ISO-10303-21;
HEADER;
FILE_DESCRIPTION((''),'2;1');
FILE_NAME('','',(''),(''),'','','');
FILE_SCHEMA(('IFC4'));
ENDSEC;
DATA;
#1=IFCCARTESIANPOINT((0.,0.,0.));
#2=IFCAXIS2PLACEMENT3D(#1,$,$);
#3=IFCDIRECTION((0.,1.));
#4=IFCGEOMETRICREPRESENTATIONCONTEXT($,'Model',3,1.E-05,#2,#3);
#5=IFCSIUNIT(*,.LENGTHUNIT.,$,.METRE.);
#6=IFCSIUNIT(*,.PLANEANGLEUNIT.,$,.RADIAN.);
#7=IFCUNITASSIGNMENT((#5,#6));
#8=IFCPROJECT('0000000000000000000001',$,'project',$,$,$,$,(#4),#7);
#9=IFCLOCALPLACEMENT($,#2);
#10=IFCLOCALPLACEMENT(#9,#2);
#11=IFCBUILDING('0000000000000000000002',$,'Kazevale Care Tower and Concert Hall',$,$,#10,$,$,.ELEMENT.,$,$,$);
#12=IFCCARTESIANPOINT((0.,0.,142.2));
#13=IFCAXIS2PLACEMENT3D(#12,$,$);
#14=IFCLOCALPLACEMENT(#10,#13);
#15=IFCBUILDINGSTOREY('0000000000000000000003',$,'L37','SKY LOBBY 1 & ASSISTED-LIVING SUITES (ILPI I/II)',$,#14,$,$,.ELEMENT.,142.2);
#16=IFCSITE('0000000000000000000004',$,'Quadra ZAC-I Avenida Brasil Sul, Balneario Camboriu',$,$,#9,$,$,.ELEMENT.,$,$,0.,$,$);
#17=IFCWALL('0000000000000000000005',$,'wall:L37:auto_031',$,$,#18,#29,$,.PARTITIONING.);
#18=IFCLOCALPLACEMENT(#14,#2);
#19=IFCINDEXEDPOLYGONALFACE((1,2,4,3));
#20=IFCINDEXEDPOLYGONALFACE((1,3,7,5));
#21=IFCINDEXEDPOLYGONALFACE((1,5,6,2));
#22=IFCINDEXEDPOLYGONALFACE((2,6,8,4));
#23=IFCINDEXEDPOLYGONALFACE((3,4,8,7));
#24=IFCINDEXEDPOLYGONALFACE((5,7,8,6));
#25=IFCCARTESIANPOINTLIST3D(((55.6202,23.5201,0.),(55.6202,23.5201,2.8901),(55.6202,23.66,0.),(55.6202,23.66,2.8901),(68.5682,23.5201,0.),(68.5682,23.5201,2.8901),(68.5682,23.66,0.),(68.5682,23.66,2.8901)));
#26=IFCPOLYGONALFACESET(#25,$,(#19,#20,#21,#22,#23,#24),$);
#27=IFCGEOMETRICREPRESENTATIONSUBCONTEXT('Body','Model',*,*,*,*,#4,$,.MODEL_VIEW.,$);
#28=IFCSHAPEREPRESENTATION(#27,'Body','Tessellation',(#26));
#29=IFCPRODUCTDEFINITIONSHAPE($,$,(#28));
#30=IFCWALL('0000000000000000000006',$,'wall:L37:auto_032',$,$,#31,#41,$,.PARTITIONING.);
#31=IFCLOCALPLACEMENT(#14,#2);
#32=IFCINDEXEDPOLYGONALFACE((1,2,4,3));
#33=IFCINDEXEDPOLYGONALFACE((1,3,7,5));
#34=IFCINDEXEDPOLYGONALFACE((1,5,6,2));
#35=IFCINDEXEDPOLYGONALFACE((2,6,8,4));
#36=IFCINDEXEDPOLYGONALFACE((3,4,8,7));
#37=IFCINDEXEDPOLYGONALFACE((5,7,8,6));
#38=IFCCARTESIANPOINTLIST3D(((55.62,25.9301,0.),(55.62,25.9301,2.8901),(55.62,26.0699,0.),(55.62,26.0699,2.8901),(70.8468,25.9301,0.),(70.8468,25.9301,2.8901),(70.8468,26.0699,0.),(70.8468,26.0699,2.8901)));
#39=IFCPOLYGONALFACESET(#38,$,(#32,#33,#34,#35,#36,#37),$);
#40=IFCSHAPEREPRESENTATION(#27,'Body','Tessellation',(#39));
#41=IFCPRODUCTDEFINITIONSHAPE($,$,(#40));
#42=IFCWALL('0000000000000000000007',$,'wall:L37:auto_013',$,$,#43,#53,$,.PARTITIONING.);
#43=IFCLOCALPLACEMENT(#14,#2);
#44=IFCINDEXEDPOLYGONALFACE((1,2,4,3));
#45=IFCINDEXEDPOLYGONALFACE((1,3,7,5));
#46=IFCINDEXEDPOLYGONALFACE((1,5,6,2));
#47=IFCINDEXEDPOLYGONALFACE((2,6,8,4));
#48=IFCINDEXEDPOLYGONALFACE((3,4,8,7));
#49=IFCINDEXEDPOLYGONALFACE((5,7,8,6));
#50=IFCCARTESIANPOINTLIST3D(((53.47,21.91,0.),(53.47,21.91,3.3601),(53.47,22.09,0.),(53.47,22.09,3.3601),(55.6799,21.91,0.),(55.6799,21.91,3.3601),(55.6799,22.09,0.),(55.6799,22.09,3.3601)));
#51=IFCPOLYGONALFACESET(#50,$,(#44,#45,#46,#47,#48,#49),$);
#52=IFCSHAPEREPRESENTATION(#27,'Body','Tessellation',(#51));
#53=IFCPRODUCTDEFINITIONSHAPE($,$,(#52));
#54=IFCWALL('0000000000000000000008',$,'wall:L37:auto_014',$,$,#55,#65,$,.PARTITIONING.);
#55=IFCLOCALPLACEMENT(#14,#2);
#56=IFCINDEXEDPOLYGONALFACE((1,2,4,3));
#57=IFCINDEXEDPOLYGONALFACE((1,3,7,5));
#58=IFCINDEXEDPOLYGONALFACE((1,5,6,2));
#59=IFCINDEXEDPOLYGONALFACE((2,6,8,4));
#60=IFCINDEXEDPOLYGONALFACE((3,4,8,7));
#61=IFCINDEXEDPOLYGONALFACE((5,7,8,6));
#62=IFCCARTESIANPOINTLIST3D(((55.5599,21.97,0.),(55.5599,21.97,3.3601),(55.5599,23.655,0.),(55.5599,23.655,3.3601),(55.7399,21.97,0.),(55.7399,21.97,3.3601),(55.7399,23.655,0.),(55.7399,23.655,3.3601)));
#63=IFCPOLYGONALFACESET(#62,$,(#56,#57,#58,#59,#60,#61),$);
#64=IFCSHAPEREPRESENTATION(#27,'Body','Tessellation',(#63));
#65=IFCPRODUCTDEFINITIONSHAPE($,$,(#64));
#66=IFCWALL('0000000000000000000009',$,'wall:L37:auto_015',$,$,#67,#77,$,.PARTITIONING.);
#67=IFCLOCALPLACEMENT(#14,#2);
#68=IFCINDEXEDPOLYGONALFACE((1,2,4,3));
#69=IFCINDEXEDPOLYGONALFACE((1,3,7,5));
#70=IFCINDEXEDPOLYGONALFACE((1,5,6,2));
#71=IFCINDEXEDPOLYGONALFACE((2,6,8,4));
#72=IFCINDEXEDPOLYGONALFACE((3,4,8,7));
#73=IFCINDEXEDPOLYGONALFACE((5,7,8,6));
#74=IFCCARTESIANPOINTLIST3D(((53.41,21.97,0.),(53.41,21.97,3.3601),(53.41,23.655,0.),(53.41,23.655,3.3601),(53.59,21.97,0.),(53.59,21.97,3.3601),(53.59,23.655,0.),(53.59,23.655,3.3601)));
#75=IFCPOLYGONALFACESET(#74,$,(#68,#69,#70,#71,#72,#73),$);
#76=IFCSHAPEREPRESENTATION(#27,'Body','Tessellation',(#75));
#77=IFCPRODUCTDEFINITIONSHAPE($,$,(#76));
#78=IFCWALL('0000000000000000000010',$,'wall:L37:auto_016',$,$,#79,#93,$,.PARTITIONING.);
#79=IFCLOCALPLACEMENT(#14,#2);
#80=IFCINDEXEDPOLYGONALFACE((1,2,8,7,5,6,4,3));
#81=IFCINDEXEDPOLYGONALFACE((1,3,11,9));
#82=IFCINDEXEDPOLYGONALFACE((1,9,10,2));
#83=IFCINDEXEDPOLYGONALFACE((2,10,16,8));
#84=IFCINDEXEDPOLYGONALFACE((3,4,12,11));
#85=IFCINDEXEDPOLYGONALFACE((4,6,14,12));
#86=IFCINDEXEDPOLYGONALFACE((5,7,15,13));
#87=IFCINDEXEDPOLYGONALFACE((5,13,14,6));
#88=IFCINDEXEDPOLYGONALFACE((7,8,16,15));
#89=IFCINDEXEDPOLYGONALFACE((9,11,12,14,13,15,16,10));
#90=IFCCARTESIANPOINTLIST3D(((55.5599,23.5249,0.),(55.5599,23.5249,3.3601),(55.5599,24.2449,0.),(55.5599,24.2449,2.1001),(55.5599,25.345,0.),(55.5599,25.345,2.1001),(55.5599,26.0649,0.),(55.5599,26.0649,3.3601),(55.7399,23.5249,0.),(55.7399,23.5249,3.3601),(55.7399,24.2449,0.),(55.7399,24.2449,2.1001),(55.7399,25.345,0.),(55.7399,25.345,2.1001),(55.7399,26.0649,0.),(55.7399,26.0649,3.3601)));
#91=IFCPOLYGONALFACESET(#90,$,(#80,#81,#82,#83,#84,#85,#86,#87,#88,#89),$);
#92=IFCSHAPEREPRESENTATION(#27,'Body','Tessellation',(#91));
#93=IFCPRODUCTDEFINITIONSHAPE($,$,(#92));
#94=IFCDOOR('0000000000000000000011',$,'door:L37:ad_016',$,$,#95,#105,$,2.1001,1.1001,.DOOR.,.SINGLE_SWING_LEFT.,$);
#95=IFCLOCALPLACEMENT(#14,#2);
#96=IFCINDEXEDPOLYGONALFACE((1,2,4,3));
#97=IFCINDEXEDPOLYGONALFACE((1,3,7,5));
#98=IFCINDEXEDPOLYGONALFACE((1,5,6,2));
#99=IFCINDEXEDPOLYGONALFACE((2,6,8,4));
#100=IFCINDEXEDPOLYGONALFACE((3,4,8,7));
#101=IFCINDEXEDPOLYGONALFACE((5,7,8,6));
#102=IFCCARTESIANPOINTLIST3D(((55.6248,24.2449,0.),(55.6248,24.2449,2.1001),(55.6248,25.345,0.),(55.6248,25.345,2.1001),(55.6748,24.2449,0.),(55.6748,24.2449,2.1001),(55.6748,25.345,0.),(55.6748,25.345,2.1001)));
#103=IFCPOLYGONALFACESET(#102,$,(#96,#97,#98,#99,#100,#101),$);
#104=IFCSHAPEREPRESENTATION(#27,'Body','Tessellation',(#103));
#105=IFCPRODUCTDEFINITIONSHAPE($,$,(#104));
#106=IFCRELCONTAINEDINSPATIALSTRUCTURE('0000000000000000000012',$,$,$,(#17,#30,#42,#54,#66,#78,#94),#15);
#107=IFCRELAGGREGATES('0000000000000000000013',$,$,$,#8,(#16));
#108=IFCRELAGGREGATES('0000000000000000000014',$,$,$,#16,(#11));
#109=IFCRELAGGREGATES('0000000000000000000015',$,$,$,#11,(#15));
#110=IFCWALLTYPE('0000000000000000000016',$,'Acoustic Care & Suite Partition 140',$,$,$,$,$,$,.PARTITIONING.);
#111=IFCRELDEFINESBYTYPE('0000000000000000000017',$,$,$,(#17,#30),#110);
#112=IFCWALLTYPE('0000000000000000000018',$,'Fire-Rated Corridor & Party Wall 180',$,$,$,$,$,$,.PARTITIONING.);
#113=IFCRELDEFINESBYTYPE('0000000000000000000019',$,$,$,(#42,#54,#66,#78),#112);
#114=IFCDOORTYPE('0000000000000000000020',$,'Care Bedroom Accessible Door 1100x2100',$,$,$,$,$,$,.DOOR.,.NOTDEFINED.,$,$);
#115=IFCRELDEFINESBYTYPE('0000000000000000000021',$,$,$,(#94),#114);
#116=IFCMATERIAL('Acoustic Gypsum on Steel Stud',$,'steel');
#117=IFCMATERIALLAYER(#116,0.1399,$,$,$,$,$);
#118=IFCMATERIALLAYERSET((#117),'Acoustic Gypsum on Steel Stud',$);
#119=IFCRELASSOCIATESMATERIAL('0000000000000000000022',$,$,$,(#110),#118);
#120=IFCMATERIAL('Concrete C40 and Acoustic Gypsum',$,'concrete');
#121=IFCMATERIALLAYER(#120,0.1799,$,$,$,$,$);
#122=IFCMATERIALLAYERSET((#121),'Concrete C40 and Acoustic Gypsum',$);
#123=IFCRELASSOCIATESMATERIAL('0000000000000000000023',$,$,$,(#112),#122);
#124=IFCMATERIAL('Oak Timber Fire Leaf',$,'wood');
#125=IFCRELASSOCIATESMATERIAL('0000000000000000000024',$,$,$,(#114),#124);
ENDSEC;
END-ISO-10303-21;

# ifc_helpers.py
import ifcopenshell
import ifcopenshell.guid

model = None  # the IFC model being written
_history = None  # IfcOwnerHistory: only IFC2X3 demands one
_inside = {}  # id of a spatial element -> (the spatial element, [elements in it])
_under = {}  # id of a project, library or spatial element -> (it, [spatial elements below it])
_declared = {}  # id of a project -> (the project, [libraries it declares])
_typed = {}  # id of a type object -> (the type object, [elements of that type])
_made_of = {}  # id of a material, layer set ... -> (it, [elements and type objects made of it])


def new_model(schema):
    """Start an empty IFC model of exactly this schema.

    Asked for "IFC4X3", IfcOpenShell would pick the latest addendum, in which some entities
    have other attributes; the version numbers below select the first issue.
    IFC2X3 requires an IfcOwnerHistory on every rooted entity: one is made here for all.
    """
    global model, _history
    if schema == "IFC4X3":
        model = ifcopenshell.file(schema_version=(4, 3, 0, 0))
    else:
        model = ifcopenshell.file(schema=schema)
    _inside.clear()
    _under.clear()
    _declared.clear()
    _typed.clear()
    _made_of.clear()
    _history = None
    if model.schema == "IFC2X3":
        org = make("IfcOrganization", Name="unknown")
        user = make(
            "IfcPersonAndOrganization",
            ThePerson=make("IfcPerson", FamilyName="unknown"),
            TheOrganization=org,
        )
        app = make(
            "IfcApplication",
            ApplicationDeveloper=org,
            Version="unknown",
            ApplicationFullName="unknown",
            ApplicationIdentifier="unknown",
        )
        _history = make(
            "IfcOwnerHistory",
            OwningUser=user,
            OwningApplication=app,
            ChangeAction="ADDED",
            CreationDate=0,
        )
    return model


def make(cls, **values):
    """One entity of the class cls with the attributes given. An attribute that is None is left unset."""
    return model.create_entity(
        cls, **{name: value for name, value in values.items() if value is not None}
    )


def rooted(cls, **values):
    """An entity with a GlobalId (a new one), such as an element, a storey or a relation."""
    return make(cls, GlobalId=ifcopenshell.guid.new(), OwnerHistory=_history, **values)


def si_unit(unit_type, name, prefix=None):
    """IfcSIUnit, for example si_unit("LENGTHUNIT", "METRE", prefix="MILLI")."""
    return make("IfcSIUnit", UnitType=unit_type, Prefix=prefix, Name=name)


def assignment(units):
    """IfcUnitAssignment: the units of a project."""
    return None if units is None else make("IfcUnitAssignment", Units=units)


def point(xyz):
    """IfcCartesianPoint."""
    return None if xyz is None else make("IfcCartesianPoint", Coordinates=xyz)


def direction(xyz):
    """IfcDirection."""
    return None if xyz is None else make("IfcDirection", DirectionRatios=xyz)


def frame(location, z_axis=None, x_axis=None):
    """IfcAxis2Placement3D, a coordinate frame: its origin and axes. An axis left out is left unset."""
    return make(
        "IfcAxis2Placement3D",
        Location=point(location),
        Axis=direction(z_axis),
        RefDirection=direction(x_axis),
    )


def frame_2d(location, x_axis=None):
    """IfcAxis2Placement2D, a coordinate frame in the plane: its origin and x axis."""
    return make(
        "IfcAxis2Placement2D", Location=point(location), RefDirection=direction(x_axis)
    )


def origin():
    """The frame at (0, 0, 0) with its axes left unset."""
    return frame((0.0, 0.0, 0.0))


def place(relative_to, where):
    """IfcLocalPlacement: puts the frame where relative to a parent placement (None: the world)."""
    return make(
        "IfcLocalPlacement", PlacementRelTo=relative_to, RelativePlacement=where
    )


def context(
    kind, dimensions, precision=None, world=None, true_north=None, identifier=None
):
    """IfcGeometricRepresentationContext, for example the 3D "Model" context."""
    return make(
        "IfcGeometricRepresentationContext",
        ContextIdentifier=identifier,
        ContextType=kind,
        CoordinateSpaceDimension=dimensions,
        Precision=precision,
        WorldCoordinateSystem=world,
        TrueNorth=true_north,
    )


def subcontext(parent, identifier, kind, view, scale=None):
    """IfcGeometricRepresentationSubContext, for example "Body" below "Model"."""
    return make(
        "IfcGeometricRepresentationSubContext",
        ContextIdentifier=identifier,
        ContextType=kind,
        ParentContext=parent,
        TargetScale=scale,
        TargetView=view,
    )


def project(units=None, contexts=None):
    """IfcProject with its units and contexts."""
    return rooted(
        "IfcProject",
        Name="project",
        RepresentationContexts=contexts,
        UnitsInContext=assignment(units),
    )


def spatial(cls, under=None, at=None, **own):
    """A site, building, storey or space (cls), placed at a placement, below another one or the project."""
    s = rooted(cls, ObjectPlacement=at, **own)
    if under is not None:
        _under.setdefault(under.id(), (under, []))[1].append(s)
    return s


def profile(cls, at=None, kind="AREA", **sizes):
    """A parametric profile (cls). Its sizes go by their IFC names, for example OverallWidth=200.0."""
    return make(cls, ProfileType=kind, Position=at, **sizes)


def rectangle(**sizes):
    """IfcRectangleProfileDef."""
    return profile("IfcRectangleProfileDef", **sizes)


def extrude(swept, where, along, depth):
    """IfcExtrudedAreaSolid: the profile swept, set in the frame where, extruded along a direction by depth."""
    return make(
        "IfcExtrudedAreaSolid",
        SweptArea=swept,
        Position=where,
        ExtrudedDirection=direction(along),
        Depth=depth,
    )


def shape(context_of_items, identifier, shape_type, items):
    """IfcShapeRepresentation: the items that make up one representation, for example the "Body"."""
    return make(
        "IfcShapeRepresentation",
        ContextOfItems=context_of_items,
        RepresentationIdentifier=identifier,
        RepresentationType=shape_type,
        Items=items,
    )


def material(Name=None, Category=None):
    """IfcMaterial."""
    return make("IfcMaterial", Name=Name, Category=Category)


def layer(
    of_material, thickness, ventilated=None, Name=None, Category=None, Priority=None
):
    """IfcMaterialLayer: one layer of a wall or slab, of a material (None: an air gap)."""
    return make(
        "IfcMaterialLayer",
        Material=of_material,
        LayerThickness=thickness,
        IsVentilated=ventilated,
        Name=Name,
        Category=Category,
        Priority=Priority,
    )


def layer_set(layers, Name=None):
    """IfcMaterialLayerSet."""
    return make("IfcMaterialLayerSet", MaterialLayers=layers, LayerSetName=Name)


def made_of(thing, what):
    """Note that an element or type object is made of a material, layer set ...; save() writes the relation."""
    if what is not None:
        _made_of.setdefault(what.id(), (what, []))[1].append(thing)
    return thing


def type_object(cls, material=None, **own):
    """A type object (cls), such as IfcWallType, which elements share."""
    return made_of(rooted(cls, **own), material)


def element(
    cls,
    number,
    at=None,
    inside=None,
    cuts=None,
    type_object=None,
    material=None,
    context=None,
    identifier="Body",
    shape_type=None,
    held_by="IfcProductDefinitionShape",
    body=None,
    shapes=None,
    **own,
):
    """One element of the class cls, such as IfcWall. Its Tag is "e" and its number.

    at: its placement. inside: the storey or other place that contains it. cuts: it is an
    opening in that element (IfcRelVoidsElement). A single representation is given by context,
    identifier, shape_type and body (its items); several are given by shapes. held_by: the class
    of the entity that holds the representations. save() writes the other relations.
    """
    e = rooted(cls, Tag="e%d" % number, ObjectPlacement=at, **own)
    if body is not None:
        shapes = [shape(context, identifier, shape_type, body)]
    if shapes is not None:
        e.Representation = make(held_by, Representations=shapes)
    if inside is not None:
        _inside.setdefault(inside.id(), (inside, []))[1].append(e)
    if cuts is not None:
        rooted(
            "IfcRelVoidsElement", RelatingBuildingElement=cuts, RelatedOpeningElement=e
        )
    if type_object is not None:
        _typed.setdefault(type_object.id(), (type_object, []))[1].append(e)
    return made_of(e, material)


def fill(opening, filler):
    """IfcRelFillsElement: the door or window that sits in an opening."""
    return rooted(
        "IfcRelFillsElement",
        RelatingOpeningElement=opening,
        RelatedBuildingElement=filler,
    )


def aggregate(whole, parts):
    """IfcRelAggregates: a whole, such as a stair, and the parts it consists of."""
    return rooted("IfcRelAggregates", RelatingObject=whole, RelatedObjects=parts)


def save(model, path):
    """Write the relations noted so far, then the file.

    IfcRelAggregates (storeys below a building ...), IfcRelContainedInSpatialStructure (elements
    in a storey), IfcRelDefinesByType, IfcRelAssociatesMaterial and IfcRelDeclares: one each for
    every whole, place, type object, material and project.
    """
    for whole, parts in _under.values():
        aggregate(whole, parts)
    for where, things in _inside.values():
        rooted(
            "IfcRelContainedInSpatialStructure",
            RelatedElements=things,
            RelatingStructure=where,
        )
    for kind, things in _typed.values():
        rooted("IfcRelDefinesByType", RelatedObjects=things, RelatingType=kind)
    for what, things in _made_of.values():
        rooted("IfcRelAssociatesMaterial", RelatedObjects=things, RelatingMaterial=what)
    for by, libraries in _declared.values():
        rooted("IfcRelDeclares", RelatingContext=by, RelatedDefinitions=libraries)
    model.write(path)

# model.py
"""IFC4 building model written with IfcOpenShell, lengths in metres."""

from ifc_helpers import new_model, si_unit, direction, frame, frame_2d, origin, place, context, subcontext, project, spatial, rectangle, extrude, material, layer, layer_set, type_object, element, fill, save


model = new_model("IFC4")

# Units and contexts
model_context = context("Model", 3, precision=1e-05, world=origin(), true_north=direction((0.0, 1.0)))
body_context = subcontext(model_context, "Body", "Model", "MODEL_VIEW")
ifc_project = project(units=[si_unit("LENGTHUNIT", "METRE"), si_unit("PLANEANGLEUNIT", "RADIAN")], contexts=[model_context])

# Site, building, storey
site_placement = place(None, origin())
site = spatial("IfcSite", under=ifc_project, at=site_placement, Name="Quadra ZAC-I Avenida Brasil Sul, Balneario Camboriu", CompositionType="ELEMENT", RefElevation=0.0)
building_placement = place(site_placement, origin())
building = spatial("IfcBuilding", under=site, at=building_placement, Name="Kazevale Care Tower and Concert Hall", CompositionType="ELEMENT")
storey_placement = place(building_placement, frame((0.0, 0.0, 142.2)))
storey = spatial("IfcBuildingStorey", under=building, at=storey_placement, Name="L37", Description="SKY LOBBY 1 & ASSISTED-LIVING SUITES (ILPI I/II)", CompositionType="ELEMENT", Elevation=142.2)

# Walls
ifc_material_1 = material(Name="Acoustic Gypsum on Steel Stud", Category="steel")
ifc_layer_1 = layer(ifc_material_1, 0.1399)
ifc_layer_set_1 = layer_set([ifc_layer_1], Name="Acoustic Gypsum on Steel Stud")
wall_type_1 = type_object("IfcWallType", Name="Acoustic Care & Suite Partition 140", PredefinedType="PARTITIONING", material=ifc_layer_set_1)
wall_1_placement = place(storey_placement, frame((55.6201, 23.5901, 0.0), z_axis=(0.0, 0.0, 1.0), x_axis=(1.0, 0.0, 0.0)))
element("IfcWall", 1, at=wall_1_placement, inside=storey, type_object=wall_type_1, Name="wall:L37:auto_031", PredefinedType="PARTITIONING", context=body_context, shape_type="SweptSolid", body=[
    extrude(rectangle(XDim=12.948, YDim=0.1399, at=frame_2d((6.4741, 0.0))), origin(), (0.0, 0.0, 1.0), 2.8901),
])
wall_2_placement = place(storey_placement, frame((55.6201, 26.0, 0.0), z_axis=(0.0, 0.0, 1.0), x_axis=(1.0, 0.0, 0.0)))
element("IfcWall", 2, at=wall_2_placement, inside=storey, type_object=wall_type_1, Name="wall:L37:auto_032", PredefinedType="PARTITIONING", context=body_context, shape_type="SweptSolid", body=[
    extrude(rectangle(XDim=15.2268, YDim=0.1399, at=frame_2d((7.6133, 0.0))), origin(), (0.0, 0.0, 1.0), 2.8901),
])
ifc_material_2 = material(Name="Concrete C40 and Acoustic Gypsum", Category="concrete")
ifc_layer_2 = layer(ifc_material_2, 0.1799)
ifc_layer_set_2 = layer_set([ifc_layer_2], Name="Concrete C40 and Acoustic Gypsum")
wall_type_2 = type_object("IfcWallType", Name="Fire-Rated Corridor & Party Wall 180", PredefinedType="PARTITIONING", material=ifc_layer_set_2)
wall_3_placement = place(storey_placement, frame((55.6799, 22.0, 0.0), z_axis=(0.0, 0.0, 1.0), x_axis=(-1.0, 0.0, 0.0)))
element("IfcWall", 3, at=wall_3_placement, inside=storey, type_object=wall_type_2, Name="wall:L37:auto_013", PredefinedType="PARTITIONING", context=body_context, shape_type="SweptSolid", body=[
    extrude(rectangle(XDim=2.21, YDim=0.1799, at=frame_2d((1.105, 0.0))), origin(), (0.0, 0.0, 1.0), 3.3601),
])
for number, where, z_axis, x_axis, name in (
    (4, (55.6499, 23.655, 0.0), (0.0, 0.0, 1.0), (0.0, -1.0, 0.0), "wall:L37:auto_014"),
    (5, (53.5, 21.97, 0.0), (0.0, 0.0, 1.0), (0.0, 1.0, 0.0), "wall:L37:auto_015"),
):
    element("IfcWall", number, at=place(storey_placement, frame(where, z_axis=z_axis, x_axis=x_axis)), inside=storey, type_object=wall_type_2, Name=name, PredefinedType="PARTITIONING", context=body_context, shape_type="SweptSolid", body=[
        extrude(rectangle(XDim=1.6851, YDim=0.1799, at=frame_2d((0.8425, 0.0))), origin(), (0.0, 0.0, 1.0), 3.3601),
    ])

# Wall, opening, door
wall_4_placement = place(storey_placement, frame((55.6499, 26.0649, 0.0), z_axis=(0.0, 0.0, 1.0), x_axis=(0.0, -1.0, 0.0)))
wall_4 = element("IfcWall", 6, at=wall_4_placement, inside=storey, type_object=wall_type_2, Name="wall:L37:auto_016", PredefinedType="PARTITIONING", context=body_context, shape_type="SweptSolid", body=[
    extrude(rectangle(XDim=2.54, YDim=0.1799, at=frame_2d((1.27, 0.0))), origin(), (0.0, 0.0, 1.0), 3.3601),
])
opening_1_placement = place(wall_4_placement, frame((0.72, 0.0, 0.0)))
opening_1 = element("IfcOpeningElement", 7, at=opening_1_placement, cuts=wall_4, PredefinedType="OPENING", context=body_context, shape_type="SweptSolid", body=[
    extrude(rectangle(XDim=1.1001, YDim=2.1001, at=frame_2d((0.55, 1.05))), frame((0.0, 0.0999, 0.0), z_axis=(0.0, -1.0, 0.0), x_axis=(1.0, 0.0, 0.0)), (0.0, 0.0, 1.0), 0.2),
])
ifc_material_3 = material(Name="Oak Timber Fire Leaf", Category="wood")
door_type_1 = type_object("IfcDoorType", Name="Care Bedroom Accessible Door 1100x2100", OperationType="NOTDEFINED", PredefinedType="DOOR", material=ifc_material_3)
door_1_placement = place(opening_1_placement, origin())
door_1 = element("IfcDoor", 8, at=door_1_placement, inside=storey, type_object=door_type_1, Name="door:L37:ad_016", OperationType="SINGLE_SWING_LEFT", OverallHeight=2.1001, OverallWidth=1.1001, PredefinedType="DOOR", context=body_context, shape_type="SweptSolid", body=[
    extrude(rectangle(XDim=1.1001, YDim=2.1001, at=frame_2d((0.55, 1.05))), frame((0.0, 0.0249, 0.0), z_axis=(0.0, -1.0, 0.0), x_axis=(1.0, 0.0, 0.0)), (0.0, 0.0, 1.0), 0.05),
])
fill(opening_1, door_1)

save(model, "model.ifc")
